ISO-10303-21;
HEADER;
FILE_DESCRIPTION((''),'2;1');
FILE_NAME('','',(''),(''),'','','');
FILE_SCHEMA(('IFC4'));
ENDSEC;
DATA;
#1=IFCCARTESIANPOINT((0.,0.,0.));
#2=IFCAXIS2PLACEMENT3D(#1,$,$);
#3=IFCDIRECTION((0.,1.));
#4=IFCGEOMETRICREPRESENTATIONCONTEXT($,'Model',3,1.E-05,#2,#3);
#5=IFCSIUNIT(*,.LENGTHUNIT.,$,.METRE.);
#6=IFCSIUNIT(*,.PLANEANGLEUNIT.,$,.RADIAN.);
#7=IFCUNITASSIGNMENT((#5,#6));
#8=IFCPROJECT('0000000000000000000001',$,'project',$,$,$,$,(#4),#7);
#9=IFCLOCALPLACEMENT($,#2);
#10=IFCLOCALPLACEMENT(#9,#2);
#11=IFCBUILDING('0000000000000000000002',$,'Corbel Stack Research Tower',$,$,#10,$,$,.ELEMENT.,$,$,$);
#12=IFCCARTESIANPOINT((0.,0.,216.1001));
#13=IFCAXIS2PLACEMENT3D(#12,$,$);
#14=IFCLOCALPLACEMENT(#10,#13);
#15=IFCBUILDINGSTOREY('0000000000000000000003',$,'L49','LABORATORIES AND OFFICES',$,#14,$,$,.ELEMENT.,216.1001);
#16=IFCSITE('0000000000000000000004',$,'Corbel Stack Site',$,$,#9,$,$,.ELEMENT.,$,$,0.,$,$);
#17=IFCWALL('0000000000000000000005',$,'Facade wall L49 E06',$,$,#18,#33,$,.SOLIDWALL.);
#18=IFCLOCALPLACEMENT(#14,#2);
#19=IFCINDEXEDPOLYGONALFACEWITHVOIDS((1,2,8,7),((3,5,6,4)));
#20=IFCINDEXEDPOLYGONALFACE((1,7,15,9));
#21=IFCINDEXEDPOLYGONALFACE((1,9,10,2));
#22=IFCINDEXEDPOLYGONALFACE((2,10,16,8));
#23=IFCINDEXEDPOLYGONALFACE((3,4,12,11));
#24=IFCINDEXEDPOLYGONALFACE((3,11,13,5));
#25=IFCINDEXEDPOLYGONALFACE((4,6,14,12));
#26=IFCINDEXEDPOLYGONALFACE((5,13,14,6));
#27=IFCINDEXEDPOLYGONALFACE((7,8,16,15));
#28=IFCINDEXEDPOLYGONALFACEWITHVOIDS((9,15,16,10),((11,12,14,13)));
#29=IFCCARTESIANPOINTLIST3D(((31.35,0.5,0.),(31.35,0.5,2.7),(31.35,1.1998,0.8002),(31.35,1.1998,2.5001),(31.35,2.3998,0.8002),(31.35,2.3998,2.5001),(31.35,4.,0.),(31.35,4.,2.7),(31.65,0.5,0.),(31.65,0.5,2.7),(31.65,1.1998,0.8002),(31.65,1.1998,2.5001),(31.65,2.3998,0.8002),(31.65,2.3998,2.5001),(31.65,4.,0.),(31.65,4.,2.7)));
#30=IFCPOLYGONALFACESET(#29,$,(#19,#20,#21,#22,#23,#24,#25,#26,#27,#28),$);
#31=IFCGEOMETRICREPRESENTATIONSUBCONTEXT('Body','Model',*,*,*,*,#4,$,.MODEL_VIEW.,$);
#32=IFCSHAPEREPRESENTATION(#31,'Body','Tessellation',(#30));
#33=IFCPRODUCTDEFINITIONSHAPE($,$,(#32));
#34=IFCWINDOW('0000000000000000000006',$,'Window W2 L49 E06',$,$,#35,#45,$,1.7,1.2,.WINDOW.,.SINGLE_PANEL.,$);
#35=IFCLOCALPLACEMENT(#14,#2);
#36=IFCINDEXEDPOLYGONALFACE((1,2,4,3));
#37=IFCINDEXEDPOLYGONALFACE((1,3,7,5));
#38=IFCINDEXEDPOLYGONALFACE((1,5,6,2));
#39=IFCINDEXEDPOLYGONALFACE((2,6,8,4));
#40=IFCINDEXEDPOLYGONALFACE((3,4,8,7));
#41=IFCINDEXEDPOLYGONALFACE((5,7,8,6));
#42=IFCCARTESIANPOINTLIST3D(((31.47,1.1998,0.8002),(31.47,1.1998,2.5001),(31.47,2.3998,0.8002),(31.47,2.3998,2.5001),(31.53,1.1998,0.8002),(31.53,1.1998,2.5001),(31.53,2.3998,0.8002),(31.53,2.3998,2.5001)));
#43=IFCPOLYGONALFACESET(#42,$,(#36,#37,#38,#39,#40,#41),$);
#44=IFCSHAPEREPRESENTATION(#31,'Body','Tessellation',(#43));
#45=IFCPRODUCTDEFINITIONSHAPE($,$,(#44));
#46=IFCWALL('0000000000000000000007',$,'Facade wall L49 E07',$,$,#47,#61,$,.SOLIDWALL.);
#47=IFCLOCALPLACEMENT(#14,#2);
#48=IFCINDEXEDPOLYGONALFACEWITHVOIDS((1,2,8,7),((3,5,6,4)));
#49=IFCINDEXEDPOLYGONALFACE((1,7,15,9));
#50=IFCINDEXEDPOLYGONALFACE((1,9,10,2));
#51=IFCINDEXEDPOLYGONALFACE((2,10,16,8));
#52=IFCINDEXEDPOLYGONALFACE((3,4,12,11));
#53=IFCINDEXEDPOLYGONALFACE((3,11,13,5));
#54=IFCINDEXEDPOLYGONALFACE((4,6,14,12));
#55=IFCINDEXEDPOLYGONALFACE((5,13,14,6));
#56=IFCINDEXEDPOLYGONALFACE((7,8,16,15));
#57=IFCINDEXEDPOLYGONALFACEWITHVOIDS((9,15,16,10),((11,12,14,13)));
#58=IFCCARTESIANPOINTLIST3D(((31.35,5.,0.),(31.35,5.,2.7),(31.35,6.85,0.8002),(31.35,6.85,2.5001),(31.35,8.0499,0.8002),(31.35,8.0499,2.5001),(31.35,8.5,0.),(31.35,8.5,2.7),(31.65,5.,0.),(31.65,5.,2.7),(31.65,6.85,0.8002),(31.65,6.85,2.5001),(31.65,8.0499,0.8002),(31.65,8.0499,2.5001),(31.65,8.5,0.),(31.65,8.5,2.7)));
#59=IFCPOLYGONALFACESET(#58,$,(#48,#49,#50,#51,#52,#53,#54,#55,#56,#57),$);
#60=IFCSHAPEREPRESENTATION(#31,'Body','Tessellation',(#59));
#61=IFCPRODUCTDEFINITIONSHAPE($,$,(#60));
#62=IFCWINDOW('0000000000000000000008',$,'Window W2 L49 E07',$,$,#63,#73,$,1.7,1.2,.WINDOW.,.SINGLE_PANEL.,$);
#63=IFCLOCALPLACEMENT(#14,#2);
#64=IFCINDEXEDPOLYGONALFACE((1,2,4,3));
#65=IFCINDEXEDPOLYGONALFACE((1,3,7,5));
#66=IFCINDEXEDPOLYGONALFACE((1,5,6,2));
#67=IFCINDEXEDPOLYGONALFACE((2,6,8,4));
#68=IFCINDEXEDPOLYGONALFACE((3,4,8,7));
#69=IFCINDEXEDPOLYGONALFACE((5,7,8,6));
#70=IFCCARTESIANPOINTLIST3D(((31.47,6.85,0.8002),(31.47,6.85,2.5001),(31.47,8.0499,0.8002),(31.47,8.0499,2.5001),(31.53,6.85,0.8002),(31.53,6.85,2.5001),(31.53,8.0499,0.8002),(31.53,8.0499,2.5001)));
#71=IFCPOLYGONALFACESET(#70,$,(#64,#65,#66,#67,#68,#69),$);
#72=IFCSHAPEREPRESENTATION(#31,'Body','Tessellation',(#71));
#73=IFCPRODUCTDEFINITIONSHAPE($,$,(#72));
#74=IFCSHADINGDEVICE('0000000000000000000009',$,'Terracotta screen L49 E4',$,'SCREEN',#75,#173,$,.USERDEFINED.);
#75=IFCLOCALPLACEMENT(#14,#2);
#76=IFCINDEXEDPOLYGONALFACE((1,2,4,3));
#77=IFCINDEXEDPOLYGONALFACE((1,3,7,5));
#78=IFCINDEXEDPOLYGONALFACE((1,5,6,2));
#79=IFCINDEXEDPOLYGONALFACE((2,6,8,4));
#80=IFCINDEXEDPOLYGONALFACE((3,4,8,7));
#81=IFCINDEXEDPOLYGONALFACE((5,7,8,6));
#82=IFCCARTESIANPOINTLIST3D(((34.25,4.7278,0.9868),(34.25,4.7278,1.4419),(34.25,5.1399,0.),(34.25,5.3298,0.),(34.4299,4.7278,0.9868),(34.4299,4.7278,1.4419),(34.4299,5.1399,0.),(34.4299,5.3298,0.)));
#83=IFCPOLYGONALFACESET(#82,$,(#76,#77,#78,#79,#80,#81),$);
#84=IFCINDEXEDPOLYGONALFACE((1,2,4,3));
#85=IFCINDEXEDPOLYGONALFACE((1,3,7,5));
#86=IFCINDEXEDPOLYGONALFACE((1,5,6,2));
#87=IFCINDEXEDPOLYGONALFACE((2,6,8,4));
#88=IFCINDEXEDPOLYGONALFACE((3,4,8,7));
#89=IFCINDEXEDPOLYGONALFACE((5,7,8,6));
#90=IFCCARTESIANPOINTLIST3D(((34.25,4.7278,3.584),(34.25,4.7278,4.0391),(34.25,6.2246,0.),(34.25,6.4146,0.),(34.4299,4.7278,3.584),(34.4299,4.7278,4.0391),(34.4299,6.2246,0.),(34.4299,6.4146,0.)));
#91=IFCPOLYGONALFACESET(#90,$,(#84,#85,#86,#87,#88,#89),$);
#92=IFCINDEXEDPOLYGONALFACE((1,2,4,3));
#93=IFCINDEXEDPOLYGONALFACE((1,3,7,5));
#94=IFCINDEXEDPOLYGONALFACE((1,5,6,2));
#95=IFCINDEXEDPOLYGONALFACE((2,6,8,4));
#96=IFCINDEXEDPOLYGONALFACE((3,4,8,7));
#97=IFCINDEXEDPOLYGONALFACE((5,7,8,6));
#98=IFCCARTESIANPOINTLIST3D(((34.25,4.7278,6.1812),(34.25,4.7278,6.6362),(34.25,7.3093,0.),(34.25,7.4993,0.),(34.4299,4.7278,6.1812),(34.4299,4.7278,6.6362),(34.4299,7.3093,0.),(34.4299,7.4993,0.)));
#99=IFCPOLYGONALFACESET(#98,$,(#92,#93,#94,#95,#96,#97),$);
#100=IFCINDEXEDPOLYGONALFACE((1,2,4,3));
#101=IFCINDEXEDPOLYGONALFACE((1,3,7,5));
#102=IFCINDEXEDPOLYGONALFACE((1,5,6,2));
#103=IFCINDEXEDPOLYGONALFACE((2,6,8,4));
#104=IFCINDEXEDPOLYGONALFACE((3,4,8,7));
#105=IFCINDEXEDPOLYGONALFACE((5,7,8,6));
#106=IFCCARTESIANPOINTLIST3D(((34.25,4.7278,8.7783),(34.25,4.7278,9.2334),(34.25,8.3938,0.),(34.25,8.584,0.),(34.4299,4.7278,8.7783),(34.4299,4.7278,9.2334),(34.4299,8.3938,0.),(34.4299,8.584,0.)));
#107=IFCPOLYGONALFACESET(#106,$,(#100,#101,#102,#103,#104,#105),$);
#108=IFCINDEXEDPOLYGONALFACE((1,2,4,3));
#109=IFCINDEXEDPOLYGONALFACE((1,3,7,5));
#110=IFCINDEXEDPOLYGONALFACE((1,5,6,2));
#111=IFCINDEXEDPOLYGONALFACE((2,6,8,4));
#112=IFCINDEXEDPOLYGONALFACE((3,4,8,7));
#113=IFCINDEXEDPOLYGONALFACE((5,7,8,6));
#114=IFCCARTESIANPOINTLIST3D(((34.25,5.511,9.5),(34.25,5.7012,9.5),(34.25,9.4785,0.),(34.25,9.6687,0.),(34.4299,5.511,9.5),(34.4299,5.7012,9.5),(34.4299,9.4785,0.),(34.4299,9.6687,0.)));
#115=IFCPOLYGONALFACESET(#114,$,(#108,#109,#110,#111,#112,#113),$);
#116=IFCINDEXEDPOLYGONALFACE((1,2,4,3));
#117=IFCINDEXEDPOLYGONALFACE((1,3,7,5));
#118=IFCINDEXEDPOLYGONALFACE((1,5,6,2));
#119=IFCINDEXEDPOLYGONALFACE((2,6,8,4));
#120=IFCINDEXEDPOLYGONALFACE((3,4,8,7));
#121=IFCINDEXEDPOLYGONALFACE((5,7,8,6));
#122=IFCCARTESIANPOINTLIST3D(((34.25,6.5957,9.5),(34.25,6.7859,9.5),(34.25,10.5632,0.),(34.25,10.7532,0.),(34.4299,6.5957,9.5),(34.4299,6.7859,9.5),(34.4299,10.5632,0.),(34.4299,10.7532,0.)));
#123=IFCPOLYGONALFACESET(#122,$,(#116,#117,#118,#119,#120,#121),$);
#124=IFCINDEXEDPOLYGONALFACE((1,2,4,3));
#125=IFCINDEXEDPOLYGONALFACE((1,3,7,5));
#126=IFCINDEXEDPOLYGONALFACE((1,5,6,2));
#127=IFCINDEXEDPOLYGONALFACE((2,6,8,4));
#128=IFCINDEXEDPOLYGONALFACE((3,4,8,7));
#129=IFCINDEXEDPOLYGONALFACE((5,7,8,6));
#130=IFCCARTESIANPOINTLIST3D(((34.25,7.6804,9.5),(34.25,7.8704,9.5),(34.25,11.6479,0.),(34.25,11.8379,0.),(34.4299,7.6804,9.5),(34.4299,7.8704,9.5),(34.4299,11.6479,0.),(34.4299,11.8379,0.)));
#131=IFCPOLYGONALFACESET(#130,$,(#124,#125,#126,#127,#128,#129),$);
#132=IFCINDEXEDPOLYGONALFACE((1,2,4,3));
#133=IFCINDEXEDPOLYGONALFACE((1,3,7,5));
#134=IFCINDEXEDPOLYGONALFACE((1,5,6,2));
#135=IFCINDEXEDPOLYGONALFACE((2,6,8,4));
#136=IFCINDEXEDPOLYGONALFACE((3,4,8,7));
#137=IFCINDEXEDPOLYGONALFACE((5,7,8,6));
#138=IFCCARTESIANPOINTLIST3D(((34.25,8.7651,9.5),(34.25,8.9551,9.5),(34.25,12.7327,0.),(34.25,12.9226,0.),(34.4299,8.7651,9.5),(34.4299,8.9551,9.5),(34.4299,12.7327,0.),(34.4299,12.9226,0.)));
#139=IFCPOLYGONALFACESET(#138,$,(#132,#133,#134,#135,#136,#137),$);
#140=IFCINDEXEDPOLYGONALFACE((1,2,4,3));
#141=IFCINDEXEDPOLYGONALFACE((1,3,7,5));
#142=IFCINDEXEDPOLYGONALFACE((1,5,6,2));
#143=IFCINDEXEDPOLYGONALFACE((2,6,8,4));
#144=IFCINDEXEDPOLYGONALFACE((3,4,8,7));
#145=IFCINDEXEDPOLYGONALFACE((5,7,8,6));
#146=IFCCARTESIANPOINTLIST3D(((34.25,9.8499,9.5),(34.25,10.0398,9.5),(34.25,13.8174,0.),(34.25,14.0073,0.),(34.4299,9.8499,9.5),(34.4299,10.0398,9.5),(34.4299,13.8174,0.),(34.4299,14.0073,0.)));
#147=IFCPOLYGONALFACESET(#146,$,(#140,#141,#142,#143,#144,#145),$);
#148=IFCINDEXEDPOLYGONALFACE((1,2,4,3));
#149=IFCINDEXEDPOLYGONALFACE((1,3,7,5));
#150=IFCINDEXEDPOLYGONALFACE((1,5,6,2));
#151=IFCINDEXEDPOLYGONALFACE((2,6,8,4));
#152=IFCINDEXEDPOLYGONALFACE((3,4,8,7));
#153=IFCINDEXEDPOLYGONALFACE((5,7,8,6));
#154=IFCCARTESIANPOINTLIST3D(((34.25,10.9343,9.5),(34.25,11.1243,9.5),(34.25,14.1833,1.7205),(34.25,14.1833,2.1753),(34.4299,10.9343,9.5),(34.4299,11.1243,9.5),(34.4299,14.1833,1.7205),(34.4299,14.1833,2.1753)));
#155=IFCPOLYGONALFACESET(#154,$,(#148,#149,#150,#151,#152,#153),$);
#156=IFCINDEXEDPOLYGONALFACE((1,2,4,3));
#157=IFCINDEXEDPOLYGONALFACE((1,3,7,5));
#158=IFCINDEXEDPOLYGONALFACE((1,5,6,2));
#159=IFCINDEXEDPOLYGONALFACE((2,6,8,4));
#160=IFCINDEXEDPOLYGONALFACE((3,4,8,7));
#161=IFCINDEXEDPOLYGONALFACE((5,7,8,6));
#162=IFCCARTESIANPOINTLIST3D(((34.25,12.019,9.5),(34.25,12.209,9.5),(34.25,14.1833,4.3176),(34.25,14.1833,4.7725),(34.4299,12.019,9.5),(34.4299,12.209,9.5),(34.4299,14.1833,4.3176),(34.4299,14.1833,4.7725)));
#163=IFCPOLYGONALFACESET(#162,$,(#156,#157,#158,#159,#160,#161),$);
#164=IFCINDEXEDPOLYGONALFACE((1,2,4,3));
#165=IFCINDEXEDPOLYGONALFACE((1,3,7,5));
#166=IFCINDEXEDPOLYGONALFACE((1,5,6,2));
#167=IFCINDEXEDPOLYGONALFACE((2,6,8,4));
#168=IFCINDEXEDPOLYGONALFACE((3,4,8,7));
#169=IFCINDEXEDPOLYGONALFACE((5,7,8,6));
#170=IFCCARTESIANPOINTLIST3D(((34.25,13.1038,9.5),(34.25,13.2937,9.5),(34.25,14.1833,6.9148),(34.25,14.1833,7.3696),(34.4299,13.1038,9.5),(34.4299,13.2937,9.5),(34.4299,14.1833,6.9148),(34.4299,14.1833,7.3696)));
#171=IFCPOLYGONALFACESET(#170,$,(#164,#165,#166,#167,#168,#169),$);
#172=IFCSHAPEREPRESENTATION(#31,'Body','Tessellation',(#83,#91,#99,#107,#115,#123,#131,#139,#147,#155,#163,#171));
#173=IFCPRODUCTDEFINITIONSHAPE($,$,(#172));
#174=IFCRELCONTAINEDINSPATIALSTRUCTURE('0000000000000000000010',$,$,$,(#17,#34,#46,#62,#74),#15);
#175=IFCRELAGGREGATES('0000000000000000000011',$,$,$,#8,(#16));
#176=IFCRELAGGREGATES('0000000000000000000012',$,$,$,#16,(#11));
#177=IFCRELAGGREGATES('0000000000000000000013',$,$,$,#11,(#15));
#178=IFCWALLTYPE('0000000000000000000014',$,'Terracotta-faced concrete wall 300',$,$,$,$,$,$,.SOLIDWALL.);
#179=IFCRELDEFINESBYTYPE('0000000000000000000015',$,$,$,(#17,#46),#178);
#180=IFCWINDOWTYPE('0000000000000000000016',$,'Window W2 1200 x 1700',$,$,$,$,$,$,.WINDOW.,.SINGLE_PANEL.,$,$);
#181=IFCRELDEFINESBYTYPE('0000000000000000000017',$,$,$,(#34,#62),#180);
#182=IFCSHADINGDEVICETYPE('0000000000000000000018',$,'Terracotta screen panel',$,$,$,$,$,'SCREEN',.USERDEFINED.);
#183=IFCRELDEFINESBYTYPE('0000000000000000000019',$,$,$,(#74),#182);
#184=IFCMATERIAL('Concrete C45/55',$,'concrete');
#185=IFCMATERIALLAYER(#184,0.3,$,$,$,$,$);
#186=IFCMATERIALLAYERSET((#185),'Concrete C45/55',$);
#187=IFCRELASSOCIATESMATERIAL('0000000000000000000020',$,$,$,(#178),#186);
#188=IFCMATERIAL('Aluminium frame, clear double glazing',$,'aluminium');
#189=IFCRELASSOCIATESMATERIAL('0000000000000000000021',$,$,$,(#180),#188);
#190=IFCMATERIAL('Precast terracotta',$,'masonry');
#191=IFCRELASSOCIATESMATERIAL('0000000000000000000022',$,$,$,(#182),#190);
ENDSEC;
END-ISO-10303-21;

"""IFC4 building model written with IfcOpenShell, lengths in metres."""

from ifc_helpers import new_model, si_unit, direction, frame, frame_2d, origin, place, context, subcontext, project, spatial, polyline, rectangle, outline, extrude, source, transform, mapped, material, layer, layer_set, type_object, element, fill, save


model = new_model("IFC4")

# Units and contexts
model_context = context("Model", 3, precision=1e-05, world=origin(), true_north=direction((0.0, 1.0)))
body_context = subcontext(model_context, "Body", "Model", "MODEL_VIEW")
ifc_project = project(units=[si_unit("LENGTHUNIT", "METRE"), si_unit("PLANEANGLEUNIT", "RADIAN")], contexts=[model_context])

# Site, building, storey
site_placement = place(None, origin())
site = spatial("IfcSite", under=ifc_project, at=site_placement, Name="Corbel Stack Site", CompositionType="ELEMENT", RefElevation=0.0)
building_placement = place(site_placement, origin())
building = spatial("IfcBuilding", under=site, at=building_placement, Name="Corbel Stack Research Tower", CompositionType="ELEMENT")
storey_placement = place(building_placement, frame((0.0, 0.0, 216.1001)))
storey = spatial("IfcBuildingStorey", under=building, at=storey_placement, Name="L49", Description="LABORATORIES AND OFFICES", CompositionType="ELEMENT", Elevation=216.1001)

# Walls, openings, windows
ifc_material_1 = material(Name="Concrete C45/55", Category="concrete")
ifc_layer_1 = layer(ifc_material_1, 0.3)
ifc_layer_set_1 = layer_set([ifc_layer_1], Name="Concrete C45/55")
wall_type_1 = type_object("IfcWallType", Name="Terracotta-faced concrete wall 300", PredefinedType="SOLIDWALL", material=ifc_layer_set_1)
wall_1_placement = place(storey_placement, frame((31.5, 4.0, 0.0), z_axis=(0.0, 0.0, 1.0), x_axis=(0.0, -1.0, 0.0)))
wall_1 = element("IfcWall", 1, at=wall_1_placement, inside=storey, type_object=wall_type_1, Name="Facade wall L49 E06", PredefinedType="SOLIDWALL", context=body_context, shape_type="SweptSolid", body=[
    extrude(rectangle(XDim=3.5, YDim=0.3, at=frame_2d((1.75, 0.0))), origin(), (0.0, 0.0, 1.0), 2.7),
])
opening_1_placement = place(wall_1_placement, frame((1.6001, 0.0, 0.8)))
opening_1 = element("IfcOpeningElement", 2, at=opening_1_placement, cuts=wall_1, PredefinedType="OPENING", context=body_context, shape_type="SweptSolid", body=[
    extrude(rectangle(XDim=1.2, YDim=1.7, at=frame_2d((0.6001, 0.8501))), frame((0.0, 0.1599, 0.0), z_axis=(0.0, -1.0, 0.0), x_axis=(1.0, 0.0, 0.0)), (0.0, 0.0, 1.0), 0.3201),
])
ifc_material_2 = material(Name="Aluminium frame, clear double glazing", Category="aluminium")
window_type = type_object("IfcWindowType", Name="Window W2 1200 x 1700", PartitioningType="SINGLE_PANEL", PredefinedType="WINDOW", material=ifc_material_2)
window_1_placement = place(opening_1_placement, origin())
window_1 = element("IfcWindow", 3, at=window_1_placement, inside=storey, type_object=window_type, Name="Window W2 L49 E06", OverallHeight=1.7, OverallWidth=1.2, PartitioningType="SINGLE_PANEL", PredefinedType="WINDOW", context=body_context, shape_type="SweptSolid", body=[
    extrude(rectangle(XDim=1.2, YDim=1.7, at=frame_2d((0.6001, 0.8501))), frame((0.0, 0.03, 0.0), z_axis=(0.0, -1.0, 0.0), x_axis=(1.0, 0.0, 0.0)), (0.0, 0.0, 1.0), 0.0601),
])
fill(opening_1, window_1)
wall_2_placement = place(storey_placement, frame((31.5, 8.5, 0.0), z_axis=(0.0, 0.0, 1.0), x_axis=(0.0, -1.0, 0.0)))
wall_2 = element("IfcWall", 4, at=wall_2_placement, inside=storey, type_object=wall_type_1, Name="Facade wall L49 E07", PredefinedType="SOLIDWALL", context=body_context, shape_type="SweptSolid", body=[
    extrude(rectangle(XDim=3.5, YDim=0.3, at=frame_2d((1.75, 0.0))), origin(), (0.0, 0.0, 1.0), 2.7),
])
opening_2_placement = place(wall_2_placement, frame((0.45, 0.0, 0.8)))
opening_2 = element("IfcOpeningElement", 5, at=opening_2_placement, cuts=wall_2, PredefinedType="OPENING", context=body_context, shape_type="SweptSolid", body=[
    extrude(rectangle(XDim=1.2, YDim=1.7, at=frame_2d((0.6001, 0.8501))), frame((0.0, 0.1599, 0.0), z_axis=(0.0, -1.0, 0.0), x_axis=(1.0, 0.0, 0.0)), (0.0, 0.0, 1.0), 0.3201),
])
window_2_placement = place(opening_2_placement, origin())
window_2 = element("IfcWindow", 6, at=window_2_placement, inside=storey, type_object=window_type, Name="Window W2 L49 E07", OverallHeight=1.7, OverallWidth=1.2, PartitioningType="SINGLE_PANEL", PredefinedType="WINDOW", context=body_context, shape_type="SweptSolid", body=[
    extrude(rectangle(XDim=1.2, YDim=1.7, at=frame_2d((0.6001, 0.8501))), frame((0.0, 0.03, 0.0), z_axis=(0.0, -1.0, 0.0), x_axis=(1.0, 0.0, 0.0)), (0.0, 0.0, 1.0), 0.0601),
])
fill(opening_2, window_2)

# Shading device
ifc_material_3 = material(Name="Precast terracotta", Category="masonry")
shading_device_type = type_object("IfcShadingDeviceType", Name="Terracotta screen panel", ElementType="SCREEN", PredefinedType="USERDEFINED", material=ifc_material_3)
shared_shape = source(origin(), body_context, "Body", "SweptSolid", [
    extrude(outline(polyline([(0.6021, 0.0), (0.0, 1.4419), (0.0, 0.9868), (0.4121, 0.0), (0.6021, 0.0)])), frame((0.0, 0.0, 0.0), z_axis=(0.0, -1.0, 0.0), x_axis=(1.0, 0.0, 0.0)), (0.0, 0.0, 1.0), 0.1799),
    extrude(outline(polyline([(1.6868, 0.0), (0.0, 4.0391), (0.0, 3.584), (1.4968, 0.0), (1.6868, 0.0)])), frame((0.0, 0.0, 0.0), z_axis=(0.0, -1.0, 0.0), x_axis=(1.0, 0.0, 0.0)), (0.0, 0.0, 1.0), 0.1799),
    extrude(outline(polyline([(2.7715, 0.0), (0.0, 6.6362), (0.0, 6.1812), (2.5815, 0.0), (2.7715, 0.0)])), frame((0.0, 0.0, 0.0), z_axis=(0.0, -1.0, 0.0), x_axis=(1.0, 0.0, 0.0)), (0.0, 0.0, 1.0), 0.1799),
    extrude(outline(polyline([(3.8562, 0.0), (0.0, 9.2334), (0.0, 8.7783), (3.666, 0.0), (3.8562, 0.0)])), frame((0.0, 0.0, 0.0), z_axis=(0.0, -1.0, 0.0), x_axis=(1.0, 0.0, 0.0)), (0.0, 0.0, 1.0), 0.1799),
    extrude(outline(polyline([(4.9409, 0.0), (0.9734, 9.5), (0.7832, 9.5), (4.7507, 0.0), (4.9409, 0.0)])), frame((0.0, 0.0, 0.0), z_axis=(0.0, -1.0, 0.0), x_axis=(1.0, 0.0, 0.0)), (0.0, 0.0, 1.0), 0.1799),
    extrude(outline(polyline([(6.0254, 0.0), (2.0581, 9.5), (1.8679, 9.5), (5.8354, 0.0), (6.0254, 0.0)])), frame((0.0, 0.0, 0.0), z_axis=(0.0, -1.0, 0.0), x_axis=(1.0, 0.0, 0.0)), (0.0, 0.0, 1.0), 0.1799),
    extrude(outline(polyline([(7.1101, 0.0), (3.1426, 9.5), (2.9526, 9.5), (6.9202, 0.0), (7.1101, 0.0)])), frame((0.0, 0.0, 0.0), z_axis=(0.0, -1.0, 0.0), x_axis=(1.0, 0.0, 0.0)), (0.0, 0.0, 1.0), 0.1799),
    extrude(outline(polyline([(8.1948, 0.0), (4.2273, 9.5), (4.0374, 9.5), (8.0049, 0.0), (8.1948, 0.0)])), frame((0.0, 0.0, 0.0), z_axis=(0.0, -1.0, 0.0), x_axis=(1.0, 0.0, 0.0)), (0.0, 0.0, 1.0), 0.1799),
    extrude(outline(polyline([(9.2795, 0.0), (5.312, 9.5), (5.1221, 9.5), (9.0896, 0.0), (9.2795, 0.0)])), frame((0.0, 0.0, 0.0), z_axis=(0.0, -1.0, 0.0), x_axis=(1.0, 0.0, 0.0)), (0.0, 0.0, 1.0), 0.1799),
    extrude(outline(polyline([(6.3965, 9.5), (6.2065, 9.5), (9.4556, 1.7205), (9.4556, 2.1753), (6.3965, 9.5)])), frame((0.0, 0.0, 0.0), z_axis=(0.0, -1.0, 0.0), x_axis=(1.0, 0.0, 0.0)), (0.0, 0.0, 1.0), 0.1799),
    extrude(outline(polyline([(7.4812, 9.5), (7.2913, 9.5), (9.4556, 4.3176), (9.4556, 4.7725), (7.4812, 9.5)])), frame((0.0, 0.0, 0.0), z_axis=(0.0, -1.0, 0.0), x_axis=(1.0, 0.0, 0.0)), (0.0, 0.0, 1.0), 0.1799),
    extrude(outline(polyline([(8.5659, 9.5), (8.376, 9.5), (9.4556, 6.9148), (9.4556, 7.3696), (8.5659, 9.5)])), frame((0.0, 0.0, 0.0), z_axis=(0.0, -1.0, 0.0), x_axis=(1.0, 0.0, 0.0)), (0.0, 0.0, 1.0), 0.1799),
])
shading_device_placement = place(storey_placement, frame((34.25, 4.7278, 0.0), z_axis=(0.0, 0.0, 1.0), x_axis=(0.0, 1.0, 0.0)))
element("IfcShadingDevice", 7, at=shading_device_placement, inside=storey, type_object=shading_device_type, Name="Terracotta screen L49 E4", ObjectType="SCREEN", PredefinedType="USERDEFINED", context=body_context, shape_type="MappedRepresentation", body=[
    mapped(shared_shape, transform((0.0, 0.0, 0.0))),
])

save(model, "model.ifc")
